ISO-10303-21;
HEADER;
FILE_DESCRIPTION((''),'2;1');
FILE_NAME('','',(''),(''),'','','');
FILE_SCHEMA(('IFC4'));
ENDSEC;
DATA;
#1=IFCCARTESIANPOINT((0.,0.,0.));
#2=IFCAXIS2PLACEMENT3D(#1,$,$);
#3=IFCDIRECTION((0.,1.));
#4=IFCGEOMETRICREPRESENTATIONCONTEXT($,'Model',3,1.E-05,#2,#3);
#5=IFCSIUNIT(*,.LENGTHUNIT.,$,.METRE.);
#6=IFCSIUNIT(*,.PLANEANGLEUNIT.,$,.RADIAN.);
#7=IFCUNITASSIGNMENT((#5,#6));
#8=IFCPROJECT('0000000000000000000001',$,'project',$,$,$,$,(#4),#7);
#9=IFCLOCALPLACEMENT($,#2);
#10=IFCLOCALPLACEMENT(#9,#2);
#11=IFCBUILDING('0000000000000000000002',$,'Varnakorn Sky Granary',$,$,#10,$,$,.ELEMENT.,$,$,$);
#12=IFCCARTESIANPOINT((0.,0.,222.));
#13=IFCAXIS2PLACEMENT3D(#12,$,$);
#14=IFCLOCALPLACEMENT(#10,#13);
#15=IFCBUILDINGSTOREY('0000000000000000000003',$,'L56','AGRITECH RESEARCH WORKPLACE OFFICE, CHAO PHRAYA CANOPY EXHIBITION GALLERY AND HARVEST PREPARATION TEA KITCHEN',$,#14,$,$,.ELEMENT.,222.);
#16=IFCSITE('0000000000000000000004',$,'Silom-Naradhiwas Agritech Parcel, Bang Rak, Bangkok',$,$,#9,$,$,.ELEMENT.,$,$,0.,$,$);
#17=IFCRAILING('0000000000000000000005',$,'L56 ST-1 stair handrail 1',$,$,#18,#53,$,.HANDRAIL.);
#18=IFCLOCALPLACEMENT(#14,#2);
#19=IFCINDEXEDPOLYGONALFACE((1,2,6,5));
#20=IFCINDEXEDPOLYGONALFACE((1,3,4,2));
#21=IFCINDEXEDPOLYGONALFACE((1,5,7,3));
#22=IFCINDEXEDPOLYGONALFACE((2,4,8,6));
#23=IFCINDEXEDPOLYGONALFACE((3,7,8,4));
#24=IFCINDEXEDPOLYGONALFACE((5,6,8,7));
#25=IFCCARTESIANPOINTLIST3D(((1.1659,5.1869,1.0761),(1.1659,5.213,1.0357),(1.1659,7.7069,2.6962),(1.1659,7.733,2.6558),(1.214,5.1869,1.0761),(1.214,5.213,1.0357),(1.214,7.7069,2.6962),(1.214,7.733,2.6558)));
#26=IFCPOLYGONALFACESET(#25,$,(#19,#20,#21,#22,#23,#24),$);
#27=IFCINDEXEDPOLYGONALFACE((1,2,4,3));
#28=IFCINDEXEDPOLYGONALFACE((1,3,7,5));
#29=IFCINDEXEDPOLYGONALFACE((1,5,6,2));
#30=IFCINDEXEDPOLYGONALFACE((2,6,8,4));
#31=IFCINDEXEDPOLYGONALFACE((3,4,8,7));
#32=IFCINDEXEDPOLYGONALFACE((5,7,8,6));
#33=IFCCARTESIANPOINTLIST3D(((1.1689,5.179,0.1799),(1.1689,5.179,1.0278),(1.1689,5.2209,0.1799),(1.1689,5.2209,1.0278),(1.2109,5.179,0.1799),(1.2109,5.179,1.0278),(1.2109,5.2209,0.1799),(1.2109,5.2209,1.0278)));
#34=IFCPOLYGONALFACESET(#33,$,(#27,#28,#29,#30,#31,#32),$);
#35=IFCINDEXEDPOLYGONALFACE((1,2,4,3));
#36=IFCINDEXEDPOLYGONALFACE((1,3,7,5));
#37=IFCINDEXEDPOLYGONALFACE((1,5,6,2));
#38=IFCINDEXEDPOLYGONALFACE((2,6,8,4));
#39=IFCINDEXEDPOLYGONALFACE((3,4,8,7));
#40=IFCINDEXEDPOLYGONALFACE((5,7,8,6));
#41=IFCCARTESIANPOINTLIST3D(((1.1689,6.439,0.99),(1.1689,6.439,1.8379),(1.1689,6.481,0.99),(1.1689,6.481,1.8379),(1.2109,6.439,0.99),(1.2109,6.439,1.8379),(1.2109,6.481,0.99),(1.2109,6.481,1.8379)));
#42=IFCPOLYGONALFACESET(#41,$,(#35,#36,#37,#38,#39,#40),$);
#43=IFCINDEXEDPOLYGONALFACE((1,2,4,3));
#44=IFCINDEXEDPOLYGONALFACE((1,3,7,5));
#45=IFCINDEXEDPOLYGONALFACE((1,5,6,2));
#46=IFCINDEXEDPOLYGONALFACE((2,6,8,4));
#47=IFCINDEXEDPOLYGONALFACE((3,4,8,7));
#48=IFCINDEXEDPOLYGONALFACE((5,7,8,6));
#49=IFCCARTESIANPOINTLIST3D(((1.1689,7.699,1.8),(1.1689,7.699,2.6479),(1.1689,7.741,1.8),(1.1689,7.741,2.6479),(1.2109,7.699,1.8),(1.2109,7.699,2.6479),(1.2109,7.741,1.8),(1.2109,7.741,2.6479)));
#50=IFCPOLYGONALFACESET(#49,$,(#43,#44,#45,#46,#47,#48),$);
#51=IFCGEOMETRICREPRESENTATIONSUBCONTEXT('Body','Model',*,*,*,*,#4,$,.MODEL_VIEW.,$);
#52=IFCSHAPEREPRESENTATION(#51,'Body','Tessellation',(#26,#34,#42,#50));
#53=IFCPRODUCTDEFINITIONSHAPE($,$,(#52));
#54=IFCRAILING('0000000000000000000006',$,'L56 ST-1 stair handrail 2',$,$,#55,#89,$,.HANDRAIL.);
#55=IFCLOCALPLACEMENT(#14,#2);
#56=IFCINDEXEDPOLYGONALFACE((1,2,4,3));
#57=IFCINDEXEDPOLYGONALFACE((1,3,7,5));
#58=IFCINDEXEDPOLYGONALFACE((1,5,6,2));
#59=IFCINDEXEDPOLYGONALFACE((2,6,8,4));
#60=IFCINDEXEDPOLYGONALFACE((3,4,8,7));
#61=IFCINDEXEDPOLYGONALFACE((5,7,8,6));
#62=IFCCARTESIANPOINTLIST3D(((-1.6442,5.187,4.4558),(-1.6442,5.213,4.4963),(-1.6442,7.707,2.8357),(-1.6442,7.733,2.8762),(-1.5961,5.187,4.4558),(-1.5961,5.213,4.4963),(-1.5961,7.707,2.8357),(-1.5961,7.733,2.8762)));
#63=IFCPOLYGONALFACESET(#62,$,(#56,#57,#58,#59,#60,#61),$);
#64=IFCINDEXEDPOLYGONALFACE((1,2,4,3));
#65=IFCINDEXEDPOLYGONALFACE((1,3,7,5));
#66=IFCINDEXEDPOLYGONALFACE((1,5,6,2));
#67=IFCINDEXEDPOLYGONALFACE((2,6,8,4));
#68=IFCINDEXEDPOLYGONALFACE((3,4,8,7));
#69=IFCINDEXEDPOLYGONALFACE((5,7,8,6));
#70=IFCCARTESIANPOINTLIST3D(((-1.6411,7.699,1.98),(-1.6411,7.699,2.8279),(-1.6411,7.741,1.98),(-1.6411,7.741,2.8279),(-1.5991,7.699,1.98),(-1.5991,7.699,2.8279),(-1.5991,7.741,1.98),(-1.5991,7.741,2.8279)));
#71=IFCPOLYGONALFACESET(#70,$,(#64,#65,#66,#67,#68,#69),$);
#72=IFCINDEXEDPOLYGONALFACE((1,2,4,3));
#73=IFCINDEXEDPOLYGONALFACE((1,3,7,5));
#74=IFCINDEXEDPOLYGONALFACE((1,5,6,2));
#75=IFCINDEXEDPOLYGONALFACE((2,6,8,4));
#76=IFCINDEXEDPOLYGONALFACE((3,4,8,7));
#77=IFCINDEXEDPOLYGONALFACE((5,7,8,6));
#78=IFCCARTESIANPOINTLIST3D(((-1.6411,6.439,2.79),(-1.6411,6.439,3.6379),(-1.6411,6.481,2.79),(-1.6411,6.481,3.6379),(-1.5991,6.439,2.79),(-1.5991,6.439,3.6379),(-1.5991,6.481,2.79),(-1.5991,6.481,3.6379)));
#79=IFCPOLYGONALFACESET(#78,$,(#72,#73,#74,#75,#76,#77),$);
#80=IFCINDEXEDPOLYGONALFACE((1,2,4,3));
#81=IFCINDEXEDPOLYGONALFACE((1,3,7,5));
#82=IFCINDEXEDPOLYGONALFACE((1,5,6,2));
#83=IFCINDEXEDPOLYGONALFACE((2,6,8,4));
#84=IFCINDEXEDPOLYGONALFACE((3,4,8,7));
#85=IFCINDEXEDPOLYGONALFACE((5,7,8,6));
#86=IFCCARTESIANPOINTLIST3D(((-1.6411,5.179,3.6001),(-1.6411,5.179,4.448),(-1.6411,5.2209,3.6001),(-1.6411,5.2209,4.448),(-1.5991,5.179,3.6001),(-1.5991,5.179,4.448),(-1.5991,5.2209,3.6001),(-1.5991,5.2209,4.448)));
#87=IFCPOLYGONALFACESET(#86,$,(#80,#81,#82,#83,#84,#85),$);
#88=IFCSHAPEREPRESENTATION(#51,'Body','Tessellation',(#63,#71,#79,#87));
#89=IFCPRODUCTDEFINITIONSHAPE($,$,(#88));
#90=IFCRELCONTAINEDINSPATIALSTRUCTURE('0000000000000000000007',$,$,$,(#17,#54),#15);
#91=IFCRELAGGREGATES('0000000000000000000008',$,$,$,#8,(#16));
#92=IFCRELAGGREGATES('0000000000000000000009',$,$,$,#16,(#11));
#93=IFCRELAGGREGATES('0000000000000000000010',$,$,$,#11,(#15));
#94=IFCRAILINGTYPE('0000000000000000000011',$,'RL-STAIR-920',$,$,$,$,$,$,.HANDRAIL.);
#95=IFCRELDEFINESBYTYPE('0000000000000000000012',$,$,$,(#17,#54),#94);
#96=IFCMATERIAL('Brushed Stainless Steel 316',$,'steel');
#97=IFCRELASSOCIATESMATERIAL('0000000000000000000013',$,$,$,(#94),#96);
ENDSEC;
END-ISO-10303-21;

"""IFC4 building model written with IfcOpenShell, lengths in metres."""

from ifc_helpers import new_model, si_unit, direction, frame, origin, origin_2d, place, context, subcontext, project, spatial, rectangle, extrude, material, type_object, element, save


model = new_model("IFC4")

# Units and contexts
model_context = context("Model", 3, precision=1e-05, world=origin(), true_north=direction((0.0, 1.0)))
body_context = subcontext(model_context, "Body", "Model", "MODEL_VIEW")
ifc_project = project(units=[si_unit("LENGTHUNIT", "METRE"), si_unit("PLANEANGLEUNIT", "RADIAN")], contexts=[model_context])

# Site, building, storey
site_placement = place(None, origin())
site = spatial("IfcSite", under=ifc_project, at=site_placement, Name="Silom-Naradhiwas Agritech Parcel, Bang Rak, Bangkok", CompositionType="ELEMENT", RefElevation=0.0)
building_placement = place(site_placement, origin())
building = spatial("IfcBuilding", under=site, at=building_placement, Name="Varnakorn Sky Granary", CompositionType="ELEMENT")
storey_placement = place(building_placement, frame((0.0, 0.0, 222.0)))
storey = spatial("IfcBuildingStorey", under=building, at=storey_placement, Name="L56", Description="AGRITECH RESEARCH WORKPLACE OFFICE, CHAO PHRAYA CANOPY EXHIBITION GALLERY AND HARVEST PREPARATION TEA KITCHEN", CompositionType="ELEMENT", Elevation=222.0)

# Railings
ifc_material_1 = material(Name="Brushed Stainless Steel 316", Category="steel")
railing_type_1 = type_object("IfcRailingType", Name="RL-STAIR-920", PredefinedType="HANDRAIL", material=ifc_material_1)
railing_1_placement = place(storey_placement, frame((1.1899, 5.2, 0.1799)))
element("IfcRailing", 1, at=railing_1_placement, inside=storey, type_object=railing_type_1, Name="L56 ST-1 stair handrail 1", PredefinedType="HANDRAIL", context=body_context, shape_type="SweptSolid", body=[
    extrude(rectangle(XDim=0.0481, YDim=0.0481, at=origin_2d()), frame((0.0, 0.0, 0.876), z_axis=(0.0, 0.841163, 0.540782), x_axis=(-1.0, 0.0, 0.0)), (0.0, 0.0, 1.0), 2.9958),
    extrude(rectangle(XDim=0.042, YDim=0.042, at=origin_2d()), origin(), (0.0, 0.0, 1.0), 0.8479),
    extrude(rectangle(XDim=0.042, YDim=0.042, at=origin_2d()), frame((0.0, 1.26, 0.8101)), (0.0, 0.0, 1.0), 0.8479),
    extrude(rectangle(XDim=0.042, YDim=0.042, at=origin_2d()), frame((0.0, 2.52, 1.6201)), (0.0, 0.0, 1.0), 0.8479),
])
railing_2_placement = place(storey_placement, frame((-1.6201, 7.72, 1.98)))
element("IfcRailing", 2, at=railing_2_placement, inside=storey, type_object=railing_type_1, Name="L56 ST-1 stair handrail 2", PredefinedType="HANDRAIL", context=body_context, shape_type="SweptSolid", body=[
    extrude(rectangle(XDim=0.0481, YDim=0.0481, at=origin_2d()), frame((0.0, 0.0, 0.876), z_axis=(0.0, -0.841163, 0.540782), x_axis=(1.0, 0.0, 0.0)), (0.0, 0.0, 1.0), 2.9958),
    extrude(rectangle(XDim=0.042, YDim=0.042, at=origin_2d()), origin(), (0.0, 0.0, 1.0), 0.8479),
    extrude(rectangle(XDim=0.042, YDim=0.042, at=origin_2d()), frame((0.0, -1.26, 0.8101)), (0.0, 0.0, 1.0), 0.8479),
    extrude(rectangle(XDim=0.042, YDim=0.042, at=origin_2d()), frame((0.0, -2.52, 1.6201)), (0.0, 0.0, 1.0), 0.8479),
])

save(model, "model.ifc")
